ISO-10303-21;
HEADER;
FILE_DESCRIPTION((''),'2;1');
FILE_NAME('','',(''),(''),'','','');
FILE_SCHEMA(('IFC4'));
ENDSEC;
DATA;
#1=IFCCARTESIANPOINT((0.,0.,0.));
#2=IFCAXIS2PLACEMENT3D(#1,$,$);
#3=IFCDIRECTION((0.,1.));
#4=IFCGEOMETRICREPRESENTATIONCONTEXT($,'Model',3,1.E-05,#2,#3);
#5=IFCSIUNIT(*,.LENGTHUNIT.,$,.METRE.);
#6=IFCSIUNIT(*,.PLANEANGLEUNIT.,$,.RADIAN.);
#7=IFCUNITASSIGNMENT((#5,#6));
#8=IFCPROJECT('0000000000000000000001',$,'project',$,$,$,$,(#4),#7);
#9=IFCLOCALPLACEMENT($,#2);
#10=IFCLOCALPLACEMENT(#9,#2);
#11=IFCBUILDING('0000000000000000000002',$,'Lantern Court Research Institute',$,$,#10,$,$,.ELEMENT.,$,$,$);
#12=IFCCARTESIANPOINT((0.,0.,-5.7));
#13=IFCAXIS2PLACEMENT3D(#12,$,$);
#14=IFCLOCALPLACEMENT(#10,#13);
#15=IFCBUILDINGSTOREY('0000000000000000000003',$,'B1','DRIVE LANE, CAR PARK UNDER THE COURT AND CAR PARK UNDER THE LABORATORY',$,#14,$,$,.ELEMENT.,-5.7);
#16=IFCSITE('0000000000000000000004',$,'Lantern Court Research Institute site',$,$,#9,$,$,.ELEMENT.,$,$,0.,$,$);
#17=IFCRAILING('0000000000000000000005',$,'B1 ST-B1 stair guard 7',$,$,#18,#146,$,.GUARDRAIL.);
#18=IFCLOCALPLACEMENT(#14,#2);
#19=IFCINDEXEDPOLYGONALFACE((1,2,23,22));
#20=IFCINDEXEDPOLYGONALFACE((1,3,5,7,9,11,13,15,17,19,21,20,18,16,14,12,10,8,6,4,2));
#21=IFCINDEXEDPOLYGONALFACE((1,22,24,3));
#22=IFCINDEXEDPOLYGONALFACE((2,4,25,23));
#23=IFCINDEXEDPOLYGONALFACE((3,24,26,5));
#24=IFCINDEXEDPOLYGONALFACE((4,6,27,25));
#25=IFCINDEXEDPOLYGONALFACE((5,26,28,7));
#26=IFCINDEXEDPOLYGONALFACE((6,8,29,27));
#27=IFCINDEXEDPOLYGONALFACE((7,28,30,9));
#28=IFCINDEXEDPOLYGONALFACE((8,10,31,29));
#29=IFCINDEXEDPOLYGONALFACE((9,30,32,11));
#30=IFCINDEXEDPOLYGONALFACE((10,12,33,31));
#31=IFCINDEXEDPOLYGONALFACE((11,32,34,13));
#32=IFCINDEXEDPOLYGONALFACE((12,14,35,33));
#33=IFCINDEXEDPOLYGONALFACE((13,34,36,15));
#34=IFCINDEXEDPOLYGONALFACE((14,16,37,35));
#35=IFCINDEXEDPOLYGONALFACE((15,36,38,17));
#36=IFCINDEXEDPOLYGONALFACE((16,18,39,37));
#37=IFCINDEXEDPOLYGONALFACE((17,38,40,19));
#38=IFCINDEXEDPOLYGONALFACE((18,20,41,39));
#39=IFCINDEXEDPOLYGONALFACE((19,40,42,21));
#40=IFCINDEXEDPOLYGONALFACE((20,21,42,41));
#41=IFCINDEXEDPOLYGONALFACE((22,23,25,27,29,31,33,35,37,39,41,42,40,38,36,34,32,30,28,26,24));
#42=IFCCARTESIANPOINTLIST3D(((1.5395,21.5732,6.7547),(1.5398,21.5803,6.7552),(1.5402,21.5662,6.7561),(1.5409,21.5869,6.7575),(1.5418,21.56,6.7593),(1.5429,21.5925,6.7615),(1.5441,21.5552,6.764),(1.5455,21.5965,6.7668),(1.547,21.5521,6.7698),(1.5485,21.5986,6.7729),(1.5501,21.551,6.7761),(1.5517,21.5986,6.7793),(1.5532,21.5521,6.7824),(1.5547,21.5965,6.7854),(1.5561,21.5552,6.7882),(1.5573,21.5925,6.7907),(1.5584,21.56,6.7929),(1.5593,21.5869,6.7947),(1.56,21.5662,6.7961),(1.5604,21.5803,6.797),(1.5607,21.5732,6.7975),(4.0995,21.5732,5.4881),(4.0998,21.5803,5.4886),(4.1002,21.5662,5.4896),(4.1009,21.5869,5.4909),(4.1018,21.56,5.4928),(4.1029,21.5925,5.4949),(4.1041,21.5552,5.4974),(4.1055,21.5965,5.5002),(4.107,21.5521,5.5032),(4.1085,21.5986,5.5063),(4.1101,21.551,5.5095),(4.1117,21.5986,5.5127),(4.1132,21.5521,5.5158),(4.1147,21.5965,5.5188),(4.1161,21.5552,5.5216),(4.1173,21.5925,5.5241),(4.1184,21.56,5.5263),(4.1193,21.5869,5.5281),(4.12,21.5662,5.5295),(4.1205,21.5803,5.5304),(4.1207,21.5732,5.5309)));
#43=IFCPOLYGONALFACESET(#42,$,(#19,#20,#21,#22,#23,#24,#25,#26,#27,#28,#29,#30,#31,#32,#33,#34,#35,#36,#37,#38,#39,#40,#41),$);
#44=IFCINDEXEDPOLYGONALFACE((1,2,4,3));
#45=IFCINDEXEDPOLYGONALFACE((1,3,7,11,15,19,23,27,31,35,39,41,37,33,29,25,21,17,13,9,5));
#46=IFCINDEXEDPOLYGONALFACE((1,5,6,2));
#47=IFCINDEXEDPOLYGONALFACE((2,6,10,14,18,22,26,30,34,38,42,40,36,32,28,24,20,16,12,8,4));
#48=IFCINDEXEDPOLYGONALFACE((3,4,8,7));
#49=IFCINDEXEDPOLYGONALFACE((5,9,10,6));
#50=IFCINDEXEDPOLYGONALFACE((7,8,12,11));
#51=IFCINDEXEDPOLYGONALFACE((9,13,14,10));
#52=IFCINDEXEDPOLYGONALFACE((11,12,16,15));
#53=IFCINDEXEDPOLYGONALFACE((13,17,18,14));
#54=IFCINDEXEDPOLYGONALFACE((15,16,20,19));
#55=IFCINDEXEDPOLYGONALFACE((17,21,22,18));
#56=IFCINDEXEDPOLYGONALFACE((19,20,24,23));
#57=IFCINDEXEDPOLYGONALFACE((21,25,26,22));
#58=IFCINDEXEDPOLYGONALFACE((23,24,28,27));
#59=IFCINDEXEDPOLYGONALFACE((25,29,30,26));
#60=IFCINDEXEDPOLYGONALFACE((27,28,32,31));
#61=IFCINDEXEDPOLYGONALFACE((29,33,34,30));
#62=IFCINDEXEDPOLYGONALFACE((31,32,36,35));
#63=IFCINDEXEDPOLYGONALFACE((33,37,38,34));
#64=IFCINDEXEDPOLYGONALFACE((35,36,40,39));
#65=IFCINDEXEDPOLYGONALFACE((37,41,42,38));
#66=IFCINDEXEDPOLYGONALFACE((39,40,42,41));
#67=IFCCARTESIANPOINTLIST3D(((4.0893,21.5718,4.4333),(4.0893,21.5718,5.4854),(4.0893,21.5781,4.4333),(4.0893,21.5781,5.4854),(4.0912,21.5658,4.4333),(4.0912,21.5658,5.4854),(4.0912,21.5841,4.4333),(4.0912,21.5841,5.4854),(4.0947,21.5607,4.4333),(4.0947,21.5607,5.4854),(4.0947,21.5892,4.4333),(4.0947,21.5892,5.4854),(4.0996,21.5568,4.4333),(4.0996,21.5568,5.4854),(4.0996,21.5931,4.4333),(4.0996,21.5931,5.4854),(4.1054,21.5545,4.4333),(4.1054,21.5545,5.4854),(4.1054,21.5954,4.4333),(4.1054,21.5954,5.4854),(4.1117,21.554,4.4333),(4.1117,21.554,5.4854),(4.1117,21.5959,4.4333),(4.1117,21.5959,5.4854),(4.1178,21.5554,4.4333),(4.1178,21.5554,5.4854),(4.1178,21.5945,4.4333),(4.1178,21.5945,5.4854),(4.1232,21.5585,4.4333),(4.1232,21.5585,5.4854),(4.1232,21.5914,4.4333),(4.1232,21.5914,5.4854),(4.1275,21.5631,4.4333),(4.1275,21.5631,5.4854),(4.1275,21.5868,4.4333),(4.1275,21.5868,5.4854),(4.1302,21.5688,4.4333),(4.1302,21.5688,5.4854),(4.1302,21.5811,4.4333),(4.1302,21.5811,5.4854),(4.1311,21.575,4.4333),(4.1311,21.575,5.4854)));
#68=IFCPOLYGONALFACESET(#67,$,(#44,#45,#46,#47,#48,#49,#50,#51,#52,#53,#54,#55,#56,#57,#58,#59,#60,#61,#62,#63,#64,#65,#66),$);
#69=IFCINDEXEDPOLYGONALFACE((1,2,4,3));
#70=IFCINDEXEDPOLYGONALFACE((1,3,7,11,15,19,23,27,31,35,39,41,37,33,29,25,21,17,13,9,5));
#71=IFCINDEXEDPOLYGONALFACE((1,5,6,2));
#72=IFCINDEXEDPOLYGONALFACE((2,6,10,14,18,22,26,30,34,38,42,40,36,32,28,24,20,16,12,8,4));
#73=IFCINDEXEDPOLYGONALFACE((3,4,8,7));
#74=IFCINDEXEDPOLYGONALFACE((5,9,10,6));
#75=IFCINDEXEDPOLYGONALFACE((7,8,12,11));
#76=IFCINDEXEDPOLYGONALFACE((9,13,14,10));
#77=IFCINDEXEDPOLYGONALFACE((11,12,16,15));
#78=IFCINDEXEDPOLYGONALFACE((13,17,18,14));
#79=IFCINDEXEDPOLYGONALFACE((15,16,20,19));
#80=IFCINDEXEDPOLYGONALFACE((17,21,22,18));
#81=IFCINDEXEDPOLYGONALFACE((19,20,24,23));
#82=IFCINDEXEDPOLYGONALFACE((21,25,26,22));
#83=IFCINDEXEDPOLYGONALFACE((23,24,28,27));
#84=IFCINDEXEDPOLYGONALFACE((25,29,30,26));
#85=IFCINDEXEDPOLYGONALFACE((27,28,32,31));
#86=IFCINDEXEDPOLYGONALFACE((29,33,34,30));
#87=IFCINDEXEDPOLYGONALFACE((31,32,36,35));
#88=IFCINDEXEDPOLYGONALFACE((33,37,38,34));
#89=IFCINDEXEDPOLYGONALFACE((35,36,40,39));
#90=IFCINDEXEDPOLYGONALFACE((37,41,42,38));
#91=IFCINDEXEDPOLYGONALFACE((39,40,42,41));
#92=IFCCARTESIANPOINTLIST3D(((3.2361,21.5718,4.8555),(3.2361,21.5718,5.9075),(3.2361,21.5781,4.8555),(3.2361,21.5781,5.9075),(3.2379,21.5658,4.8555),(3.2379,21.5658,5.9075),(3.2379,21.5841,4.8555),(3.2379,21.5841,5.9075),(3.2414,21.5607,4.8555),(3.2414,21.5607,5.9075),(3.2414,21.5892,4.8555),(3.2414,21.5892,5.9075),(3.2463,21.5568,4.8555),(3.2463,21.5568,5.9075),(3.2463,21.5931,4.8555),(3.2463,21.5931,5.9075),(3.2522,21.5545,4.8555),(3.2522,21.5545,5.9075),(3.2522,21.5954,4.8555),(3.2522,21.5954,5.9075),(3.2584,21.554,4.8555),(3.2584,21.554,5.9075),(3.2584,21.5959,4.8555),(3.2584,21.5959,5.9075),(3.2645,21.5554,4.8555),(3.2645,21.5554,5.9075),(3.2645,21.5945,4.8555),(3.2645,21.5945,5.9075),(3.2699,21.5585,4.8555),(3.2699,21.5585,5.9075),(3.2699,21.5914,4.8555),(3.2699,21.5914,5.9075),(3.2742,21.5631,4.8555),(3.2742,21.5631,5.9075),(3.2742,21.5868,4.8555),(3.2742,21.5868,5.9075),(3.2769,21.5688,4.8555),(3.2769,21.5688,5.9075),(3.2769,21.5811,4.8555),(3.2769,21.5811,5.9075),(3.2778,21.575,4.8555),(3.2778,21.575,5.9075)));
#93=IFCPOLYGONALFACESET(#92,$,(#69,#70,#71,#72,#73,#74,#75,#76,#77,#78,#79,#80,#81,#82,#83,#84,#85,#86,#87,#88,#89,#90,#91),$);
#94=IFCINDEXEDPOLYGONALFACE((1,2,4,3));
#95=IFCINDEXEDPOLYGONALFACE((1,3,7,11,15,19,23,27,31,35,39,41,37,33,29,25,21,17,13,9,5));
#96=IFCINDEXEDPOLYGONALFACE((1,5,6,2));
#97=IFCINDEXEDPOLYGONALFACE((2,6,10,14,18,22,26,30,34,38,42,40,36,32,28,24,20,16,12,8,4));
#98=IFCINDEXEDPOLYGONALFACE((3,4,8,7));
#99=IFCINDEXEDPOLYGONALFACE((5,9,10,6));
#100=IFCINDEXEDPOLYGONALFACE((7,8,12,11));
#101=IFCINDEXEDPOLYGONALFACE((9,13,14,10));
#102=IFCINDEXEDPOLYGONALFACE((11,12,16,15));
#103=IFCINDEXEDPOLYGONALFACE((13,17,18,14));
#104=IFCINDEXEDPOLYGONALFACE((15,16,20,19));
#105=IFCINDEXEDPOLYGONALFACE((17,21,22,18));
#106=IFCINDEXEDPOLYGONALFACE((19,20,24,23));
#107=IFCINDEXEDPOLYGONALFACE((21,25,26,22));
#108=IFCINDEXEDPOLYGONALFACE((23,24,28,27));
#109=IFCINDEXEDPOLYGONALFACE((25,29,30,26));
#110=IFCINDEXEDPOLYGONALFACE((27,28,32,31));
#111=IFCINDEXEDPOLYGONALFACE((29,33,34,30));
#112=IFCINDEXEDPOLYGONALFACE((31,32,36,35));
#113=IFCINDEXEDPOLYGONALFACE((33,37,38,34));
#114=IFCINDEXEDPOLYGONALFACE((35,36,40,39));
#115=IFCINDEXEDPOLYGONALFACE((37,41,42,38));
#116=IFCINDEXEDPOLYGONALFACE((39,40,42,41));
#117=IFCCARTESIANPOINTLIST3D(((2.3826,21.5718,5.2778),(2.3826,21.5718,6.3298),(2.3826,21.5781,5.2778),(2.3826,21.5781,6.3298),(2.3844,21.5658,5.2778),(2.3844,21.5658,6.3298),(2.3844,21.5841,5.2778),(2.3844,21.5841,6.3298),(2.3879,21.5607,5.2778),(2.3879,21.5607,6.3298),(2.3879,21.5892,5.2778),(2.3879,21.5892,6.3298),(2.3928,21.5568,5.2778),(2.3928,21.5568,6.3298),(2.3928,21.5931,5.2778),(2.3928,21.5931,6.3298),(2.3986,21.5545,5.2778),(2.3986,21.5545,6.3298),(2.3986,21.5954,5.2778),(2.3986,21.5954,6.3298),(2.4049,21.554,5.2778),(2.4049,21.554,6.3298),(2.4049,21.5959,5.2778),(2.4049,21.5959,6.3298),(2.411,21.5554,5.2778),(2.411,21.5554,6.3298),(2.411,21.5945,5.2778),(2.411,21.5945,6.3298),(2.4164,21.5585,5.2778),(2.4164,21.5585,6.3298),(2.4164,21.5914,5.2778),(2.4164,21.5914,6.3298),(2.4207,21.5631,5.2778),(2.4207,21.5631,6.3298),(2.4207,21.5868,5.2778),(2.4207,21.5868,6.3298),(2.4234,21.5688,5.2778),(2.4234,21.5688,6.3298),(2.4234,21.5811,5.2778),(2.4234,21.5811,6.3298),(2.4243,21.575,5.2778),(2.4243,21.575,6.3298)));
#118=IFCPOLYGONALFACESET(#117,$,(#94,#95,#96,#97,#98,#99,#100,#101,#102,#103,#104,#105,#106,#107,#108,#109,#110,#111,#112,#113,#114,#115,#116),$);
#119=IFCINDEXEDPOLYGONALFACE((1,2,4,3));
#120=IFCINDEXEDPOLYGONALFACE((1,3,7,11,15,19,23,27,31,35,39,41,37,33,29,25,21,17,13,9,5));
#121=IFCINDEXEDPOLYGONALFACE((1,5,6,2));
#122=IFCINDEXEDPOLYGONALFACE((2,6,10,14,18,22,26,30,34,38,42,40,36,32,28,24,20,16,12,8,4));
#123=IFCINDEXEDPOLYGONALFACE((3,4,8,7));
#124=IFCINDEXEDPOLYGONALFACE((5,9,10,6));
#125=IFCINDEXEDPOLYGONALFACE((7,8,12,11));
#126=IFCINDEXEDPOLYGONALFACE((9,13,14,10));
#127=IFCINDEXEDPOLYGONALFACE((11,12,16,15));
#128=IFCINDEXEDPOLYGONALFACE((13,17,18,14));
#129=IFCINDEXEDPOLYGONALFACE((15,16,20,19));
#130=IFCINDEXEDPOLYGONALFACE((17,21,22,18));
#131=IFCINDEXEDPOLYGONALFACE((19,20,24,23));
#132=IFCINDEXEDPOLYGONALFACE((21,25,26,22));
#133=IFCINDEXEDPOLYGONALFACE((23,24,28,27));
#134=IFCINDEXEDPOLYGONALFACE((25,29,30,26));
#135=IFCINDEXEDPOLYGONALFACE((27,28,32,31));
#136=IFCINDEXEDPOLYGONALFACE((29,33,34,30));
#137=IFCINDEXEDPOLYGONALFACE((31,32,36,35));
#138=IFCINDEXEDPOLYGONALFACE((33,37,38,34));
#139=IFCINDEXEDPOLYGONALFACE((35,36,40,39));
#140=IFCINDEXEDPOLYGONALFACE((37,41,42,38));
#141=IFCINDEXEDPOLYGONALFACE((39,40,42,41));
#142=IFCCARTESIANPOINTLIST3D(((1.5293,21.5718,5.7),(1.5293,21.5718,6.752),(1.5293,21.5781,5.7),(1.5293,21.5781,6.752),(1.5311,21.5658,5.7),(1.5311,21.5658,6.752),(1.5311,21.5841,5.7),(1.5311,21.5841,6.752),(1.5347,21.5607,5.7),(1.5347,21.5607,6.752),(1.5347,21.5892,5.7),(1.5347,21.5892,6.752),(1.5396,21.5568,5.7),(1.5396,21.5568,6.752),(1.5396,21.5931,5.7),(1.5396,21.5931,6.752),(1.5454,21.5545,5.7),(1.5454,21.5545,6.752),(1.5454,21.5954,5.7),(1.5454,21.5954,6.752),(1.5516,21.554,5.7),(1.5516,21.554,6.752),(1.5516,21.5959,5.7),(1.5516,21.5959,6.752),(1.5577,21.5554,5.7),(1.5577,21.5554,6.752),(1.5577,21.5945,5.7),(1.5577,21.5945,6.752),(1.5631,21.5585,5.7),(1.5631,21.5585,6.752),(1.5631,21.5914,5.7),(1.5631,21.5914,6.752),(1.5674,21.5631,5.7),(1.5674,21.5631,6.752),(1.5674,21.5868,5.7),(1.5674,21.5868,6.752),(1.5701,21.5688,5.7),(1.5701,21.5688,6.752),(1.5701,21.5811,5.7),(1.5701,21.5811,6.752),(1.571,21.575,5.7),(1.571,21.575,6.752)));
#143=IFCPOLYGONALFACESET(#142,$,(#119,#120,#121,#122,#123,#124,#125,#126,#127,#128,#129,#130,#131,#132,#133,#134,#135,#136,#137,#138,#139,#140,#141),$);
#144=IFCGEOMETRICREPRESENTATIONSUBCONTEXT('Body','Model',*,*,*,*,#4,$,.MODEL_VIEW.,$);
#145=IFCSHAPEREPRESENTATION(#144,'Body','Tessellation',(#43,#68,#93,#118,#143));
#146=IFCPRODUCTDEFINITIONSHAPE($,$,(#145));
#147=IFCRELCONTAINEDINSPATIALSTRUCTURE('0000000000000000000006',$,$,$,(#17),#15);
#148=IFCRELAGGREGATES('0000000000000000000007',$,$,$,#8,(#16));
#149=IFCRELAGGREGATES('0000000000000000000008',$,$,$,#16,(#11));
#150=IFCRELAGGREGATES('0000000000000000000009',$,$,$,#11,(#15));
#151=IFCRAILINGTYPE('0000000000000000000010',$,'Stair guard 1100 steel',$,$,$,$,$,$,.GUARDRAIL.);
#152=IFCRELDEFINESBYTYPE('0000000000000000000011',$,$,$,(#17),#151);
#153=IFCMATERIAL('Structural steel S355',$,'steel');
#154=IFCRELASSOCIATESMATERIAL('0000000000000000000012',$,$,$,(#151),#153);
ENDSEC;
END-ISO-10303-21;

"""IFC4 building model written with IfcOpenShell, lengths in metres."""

from ifc_helpers import new_model, si_unit, direction, frame, origin, origin_2d, place, context, subcontext, project, spatial, circle, extrude, material, type_object, element, save


model = new_model("IFC4")

# Units and contexts
model_context = context("Model", 3, precision=1e-05, world=origin(), true_north=direction((0.0, 1.0)))
body_context = subcontext(model_context, "Body", "Model", "MODEL_VIEW")
ifc_project = project(units=[si_unit("LENGTHUNIT", "METRE"), si_unit("PLANEANGLEUNIT", "RADIAN")], contexts=[model_context])

# Site, building, storey
site_placement = place(None, origin())
site = spatial("IfcSite", under=ifc_project, at=site_placement, Name="Lantern Court Research Institute site", CompositionType="ELEMENT", RefElevation=0.0)
building_placement = place(site_placement, origin())
building = spatial("IfcBuilding", under=site, at=building_placement, Name="Lantern Court Research Institute", CompositionType="ELEMENT")
storey_placement = place(building_placement, frame((0.0, 0.0, -5.7)))
storey = spatial("IfcBuildingStorey", under=building, at=storey_placement, Name="B1", Description="DRIVE LANE, CAR PARK UNDER THE COURT AND CAR PARK UNDER THE LABORATORY", CompositionType="ELEMENT", Elevation=-5.7)

# Railing
ifc_material_1 = material(Name="Structural steel S355", Category="steel")
railing_type_1 = type_object("IfcRailingType", Name="Stair guard 1100 steel", PredefinedType="GUARDRAIL", material=ifc_material_1)
railing_1_placement = place(storey_placement, frame((4.1101, 21.575, 4.4333)))
element("IfcRailing", 1, at=railing_1_placement, inside=storey, type_object=railing_type_1, Name="B1 ST-B1 stair guard 7", PredefinedType="GUARDRAIL", context=body_context, shape_type="SweptSolid", body=[
    extrude(circle(Radius=0.0239, at=origin_2d()), frame((0.0, 0.0, 1.0762), z_axis=(-0.8963, 0.0, 0.443449), x_axis=(0.0, -1.0, 0.0)), (0.0, 0.0, 1.0), 2.8562),
    extrude(circle(Radius=0.021, at=origin_2d()), origin(), (0.0, 0.0, 1.0), 1.052),
    extrude(circle(Radius=0.021, at=origin_2d()), frame((-0.8533, 0.0, 0.4221)), (0.0, 0.0, 1.0), 1.052),
    extrude(circle(Radius=0.021, at=origin_2d()), frame((-1.7068, 0.0, 0.8445)), (0.0, 0.0, 1.0), 1.052),
    extrude(circle(Radius=0.021, at=origin_2d()), frame((-2.5601, 0.0, 1.2666)), (0.0, 0.0, 1.0), 1.052),
])

save(model, "model.ifc")
